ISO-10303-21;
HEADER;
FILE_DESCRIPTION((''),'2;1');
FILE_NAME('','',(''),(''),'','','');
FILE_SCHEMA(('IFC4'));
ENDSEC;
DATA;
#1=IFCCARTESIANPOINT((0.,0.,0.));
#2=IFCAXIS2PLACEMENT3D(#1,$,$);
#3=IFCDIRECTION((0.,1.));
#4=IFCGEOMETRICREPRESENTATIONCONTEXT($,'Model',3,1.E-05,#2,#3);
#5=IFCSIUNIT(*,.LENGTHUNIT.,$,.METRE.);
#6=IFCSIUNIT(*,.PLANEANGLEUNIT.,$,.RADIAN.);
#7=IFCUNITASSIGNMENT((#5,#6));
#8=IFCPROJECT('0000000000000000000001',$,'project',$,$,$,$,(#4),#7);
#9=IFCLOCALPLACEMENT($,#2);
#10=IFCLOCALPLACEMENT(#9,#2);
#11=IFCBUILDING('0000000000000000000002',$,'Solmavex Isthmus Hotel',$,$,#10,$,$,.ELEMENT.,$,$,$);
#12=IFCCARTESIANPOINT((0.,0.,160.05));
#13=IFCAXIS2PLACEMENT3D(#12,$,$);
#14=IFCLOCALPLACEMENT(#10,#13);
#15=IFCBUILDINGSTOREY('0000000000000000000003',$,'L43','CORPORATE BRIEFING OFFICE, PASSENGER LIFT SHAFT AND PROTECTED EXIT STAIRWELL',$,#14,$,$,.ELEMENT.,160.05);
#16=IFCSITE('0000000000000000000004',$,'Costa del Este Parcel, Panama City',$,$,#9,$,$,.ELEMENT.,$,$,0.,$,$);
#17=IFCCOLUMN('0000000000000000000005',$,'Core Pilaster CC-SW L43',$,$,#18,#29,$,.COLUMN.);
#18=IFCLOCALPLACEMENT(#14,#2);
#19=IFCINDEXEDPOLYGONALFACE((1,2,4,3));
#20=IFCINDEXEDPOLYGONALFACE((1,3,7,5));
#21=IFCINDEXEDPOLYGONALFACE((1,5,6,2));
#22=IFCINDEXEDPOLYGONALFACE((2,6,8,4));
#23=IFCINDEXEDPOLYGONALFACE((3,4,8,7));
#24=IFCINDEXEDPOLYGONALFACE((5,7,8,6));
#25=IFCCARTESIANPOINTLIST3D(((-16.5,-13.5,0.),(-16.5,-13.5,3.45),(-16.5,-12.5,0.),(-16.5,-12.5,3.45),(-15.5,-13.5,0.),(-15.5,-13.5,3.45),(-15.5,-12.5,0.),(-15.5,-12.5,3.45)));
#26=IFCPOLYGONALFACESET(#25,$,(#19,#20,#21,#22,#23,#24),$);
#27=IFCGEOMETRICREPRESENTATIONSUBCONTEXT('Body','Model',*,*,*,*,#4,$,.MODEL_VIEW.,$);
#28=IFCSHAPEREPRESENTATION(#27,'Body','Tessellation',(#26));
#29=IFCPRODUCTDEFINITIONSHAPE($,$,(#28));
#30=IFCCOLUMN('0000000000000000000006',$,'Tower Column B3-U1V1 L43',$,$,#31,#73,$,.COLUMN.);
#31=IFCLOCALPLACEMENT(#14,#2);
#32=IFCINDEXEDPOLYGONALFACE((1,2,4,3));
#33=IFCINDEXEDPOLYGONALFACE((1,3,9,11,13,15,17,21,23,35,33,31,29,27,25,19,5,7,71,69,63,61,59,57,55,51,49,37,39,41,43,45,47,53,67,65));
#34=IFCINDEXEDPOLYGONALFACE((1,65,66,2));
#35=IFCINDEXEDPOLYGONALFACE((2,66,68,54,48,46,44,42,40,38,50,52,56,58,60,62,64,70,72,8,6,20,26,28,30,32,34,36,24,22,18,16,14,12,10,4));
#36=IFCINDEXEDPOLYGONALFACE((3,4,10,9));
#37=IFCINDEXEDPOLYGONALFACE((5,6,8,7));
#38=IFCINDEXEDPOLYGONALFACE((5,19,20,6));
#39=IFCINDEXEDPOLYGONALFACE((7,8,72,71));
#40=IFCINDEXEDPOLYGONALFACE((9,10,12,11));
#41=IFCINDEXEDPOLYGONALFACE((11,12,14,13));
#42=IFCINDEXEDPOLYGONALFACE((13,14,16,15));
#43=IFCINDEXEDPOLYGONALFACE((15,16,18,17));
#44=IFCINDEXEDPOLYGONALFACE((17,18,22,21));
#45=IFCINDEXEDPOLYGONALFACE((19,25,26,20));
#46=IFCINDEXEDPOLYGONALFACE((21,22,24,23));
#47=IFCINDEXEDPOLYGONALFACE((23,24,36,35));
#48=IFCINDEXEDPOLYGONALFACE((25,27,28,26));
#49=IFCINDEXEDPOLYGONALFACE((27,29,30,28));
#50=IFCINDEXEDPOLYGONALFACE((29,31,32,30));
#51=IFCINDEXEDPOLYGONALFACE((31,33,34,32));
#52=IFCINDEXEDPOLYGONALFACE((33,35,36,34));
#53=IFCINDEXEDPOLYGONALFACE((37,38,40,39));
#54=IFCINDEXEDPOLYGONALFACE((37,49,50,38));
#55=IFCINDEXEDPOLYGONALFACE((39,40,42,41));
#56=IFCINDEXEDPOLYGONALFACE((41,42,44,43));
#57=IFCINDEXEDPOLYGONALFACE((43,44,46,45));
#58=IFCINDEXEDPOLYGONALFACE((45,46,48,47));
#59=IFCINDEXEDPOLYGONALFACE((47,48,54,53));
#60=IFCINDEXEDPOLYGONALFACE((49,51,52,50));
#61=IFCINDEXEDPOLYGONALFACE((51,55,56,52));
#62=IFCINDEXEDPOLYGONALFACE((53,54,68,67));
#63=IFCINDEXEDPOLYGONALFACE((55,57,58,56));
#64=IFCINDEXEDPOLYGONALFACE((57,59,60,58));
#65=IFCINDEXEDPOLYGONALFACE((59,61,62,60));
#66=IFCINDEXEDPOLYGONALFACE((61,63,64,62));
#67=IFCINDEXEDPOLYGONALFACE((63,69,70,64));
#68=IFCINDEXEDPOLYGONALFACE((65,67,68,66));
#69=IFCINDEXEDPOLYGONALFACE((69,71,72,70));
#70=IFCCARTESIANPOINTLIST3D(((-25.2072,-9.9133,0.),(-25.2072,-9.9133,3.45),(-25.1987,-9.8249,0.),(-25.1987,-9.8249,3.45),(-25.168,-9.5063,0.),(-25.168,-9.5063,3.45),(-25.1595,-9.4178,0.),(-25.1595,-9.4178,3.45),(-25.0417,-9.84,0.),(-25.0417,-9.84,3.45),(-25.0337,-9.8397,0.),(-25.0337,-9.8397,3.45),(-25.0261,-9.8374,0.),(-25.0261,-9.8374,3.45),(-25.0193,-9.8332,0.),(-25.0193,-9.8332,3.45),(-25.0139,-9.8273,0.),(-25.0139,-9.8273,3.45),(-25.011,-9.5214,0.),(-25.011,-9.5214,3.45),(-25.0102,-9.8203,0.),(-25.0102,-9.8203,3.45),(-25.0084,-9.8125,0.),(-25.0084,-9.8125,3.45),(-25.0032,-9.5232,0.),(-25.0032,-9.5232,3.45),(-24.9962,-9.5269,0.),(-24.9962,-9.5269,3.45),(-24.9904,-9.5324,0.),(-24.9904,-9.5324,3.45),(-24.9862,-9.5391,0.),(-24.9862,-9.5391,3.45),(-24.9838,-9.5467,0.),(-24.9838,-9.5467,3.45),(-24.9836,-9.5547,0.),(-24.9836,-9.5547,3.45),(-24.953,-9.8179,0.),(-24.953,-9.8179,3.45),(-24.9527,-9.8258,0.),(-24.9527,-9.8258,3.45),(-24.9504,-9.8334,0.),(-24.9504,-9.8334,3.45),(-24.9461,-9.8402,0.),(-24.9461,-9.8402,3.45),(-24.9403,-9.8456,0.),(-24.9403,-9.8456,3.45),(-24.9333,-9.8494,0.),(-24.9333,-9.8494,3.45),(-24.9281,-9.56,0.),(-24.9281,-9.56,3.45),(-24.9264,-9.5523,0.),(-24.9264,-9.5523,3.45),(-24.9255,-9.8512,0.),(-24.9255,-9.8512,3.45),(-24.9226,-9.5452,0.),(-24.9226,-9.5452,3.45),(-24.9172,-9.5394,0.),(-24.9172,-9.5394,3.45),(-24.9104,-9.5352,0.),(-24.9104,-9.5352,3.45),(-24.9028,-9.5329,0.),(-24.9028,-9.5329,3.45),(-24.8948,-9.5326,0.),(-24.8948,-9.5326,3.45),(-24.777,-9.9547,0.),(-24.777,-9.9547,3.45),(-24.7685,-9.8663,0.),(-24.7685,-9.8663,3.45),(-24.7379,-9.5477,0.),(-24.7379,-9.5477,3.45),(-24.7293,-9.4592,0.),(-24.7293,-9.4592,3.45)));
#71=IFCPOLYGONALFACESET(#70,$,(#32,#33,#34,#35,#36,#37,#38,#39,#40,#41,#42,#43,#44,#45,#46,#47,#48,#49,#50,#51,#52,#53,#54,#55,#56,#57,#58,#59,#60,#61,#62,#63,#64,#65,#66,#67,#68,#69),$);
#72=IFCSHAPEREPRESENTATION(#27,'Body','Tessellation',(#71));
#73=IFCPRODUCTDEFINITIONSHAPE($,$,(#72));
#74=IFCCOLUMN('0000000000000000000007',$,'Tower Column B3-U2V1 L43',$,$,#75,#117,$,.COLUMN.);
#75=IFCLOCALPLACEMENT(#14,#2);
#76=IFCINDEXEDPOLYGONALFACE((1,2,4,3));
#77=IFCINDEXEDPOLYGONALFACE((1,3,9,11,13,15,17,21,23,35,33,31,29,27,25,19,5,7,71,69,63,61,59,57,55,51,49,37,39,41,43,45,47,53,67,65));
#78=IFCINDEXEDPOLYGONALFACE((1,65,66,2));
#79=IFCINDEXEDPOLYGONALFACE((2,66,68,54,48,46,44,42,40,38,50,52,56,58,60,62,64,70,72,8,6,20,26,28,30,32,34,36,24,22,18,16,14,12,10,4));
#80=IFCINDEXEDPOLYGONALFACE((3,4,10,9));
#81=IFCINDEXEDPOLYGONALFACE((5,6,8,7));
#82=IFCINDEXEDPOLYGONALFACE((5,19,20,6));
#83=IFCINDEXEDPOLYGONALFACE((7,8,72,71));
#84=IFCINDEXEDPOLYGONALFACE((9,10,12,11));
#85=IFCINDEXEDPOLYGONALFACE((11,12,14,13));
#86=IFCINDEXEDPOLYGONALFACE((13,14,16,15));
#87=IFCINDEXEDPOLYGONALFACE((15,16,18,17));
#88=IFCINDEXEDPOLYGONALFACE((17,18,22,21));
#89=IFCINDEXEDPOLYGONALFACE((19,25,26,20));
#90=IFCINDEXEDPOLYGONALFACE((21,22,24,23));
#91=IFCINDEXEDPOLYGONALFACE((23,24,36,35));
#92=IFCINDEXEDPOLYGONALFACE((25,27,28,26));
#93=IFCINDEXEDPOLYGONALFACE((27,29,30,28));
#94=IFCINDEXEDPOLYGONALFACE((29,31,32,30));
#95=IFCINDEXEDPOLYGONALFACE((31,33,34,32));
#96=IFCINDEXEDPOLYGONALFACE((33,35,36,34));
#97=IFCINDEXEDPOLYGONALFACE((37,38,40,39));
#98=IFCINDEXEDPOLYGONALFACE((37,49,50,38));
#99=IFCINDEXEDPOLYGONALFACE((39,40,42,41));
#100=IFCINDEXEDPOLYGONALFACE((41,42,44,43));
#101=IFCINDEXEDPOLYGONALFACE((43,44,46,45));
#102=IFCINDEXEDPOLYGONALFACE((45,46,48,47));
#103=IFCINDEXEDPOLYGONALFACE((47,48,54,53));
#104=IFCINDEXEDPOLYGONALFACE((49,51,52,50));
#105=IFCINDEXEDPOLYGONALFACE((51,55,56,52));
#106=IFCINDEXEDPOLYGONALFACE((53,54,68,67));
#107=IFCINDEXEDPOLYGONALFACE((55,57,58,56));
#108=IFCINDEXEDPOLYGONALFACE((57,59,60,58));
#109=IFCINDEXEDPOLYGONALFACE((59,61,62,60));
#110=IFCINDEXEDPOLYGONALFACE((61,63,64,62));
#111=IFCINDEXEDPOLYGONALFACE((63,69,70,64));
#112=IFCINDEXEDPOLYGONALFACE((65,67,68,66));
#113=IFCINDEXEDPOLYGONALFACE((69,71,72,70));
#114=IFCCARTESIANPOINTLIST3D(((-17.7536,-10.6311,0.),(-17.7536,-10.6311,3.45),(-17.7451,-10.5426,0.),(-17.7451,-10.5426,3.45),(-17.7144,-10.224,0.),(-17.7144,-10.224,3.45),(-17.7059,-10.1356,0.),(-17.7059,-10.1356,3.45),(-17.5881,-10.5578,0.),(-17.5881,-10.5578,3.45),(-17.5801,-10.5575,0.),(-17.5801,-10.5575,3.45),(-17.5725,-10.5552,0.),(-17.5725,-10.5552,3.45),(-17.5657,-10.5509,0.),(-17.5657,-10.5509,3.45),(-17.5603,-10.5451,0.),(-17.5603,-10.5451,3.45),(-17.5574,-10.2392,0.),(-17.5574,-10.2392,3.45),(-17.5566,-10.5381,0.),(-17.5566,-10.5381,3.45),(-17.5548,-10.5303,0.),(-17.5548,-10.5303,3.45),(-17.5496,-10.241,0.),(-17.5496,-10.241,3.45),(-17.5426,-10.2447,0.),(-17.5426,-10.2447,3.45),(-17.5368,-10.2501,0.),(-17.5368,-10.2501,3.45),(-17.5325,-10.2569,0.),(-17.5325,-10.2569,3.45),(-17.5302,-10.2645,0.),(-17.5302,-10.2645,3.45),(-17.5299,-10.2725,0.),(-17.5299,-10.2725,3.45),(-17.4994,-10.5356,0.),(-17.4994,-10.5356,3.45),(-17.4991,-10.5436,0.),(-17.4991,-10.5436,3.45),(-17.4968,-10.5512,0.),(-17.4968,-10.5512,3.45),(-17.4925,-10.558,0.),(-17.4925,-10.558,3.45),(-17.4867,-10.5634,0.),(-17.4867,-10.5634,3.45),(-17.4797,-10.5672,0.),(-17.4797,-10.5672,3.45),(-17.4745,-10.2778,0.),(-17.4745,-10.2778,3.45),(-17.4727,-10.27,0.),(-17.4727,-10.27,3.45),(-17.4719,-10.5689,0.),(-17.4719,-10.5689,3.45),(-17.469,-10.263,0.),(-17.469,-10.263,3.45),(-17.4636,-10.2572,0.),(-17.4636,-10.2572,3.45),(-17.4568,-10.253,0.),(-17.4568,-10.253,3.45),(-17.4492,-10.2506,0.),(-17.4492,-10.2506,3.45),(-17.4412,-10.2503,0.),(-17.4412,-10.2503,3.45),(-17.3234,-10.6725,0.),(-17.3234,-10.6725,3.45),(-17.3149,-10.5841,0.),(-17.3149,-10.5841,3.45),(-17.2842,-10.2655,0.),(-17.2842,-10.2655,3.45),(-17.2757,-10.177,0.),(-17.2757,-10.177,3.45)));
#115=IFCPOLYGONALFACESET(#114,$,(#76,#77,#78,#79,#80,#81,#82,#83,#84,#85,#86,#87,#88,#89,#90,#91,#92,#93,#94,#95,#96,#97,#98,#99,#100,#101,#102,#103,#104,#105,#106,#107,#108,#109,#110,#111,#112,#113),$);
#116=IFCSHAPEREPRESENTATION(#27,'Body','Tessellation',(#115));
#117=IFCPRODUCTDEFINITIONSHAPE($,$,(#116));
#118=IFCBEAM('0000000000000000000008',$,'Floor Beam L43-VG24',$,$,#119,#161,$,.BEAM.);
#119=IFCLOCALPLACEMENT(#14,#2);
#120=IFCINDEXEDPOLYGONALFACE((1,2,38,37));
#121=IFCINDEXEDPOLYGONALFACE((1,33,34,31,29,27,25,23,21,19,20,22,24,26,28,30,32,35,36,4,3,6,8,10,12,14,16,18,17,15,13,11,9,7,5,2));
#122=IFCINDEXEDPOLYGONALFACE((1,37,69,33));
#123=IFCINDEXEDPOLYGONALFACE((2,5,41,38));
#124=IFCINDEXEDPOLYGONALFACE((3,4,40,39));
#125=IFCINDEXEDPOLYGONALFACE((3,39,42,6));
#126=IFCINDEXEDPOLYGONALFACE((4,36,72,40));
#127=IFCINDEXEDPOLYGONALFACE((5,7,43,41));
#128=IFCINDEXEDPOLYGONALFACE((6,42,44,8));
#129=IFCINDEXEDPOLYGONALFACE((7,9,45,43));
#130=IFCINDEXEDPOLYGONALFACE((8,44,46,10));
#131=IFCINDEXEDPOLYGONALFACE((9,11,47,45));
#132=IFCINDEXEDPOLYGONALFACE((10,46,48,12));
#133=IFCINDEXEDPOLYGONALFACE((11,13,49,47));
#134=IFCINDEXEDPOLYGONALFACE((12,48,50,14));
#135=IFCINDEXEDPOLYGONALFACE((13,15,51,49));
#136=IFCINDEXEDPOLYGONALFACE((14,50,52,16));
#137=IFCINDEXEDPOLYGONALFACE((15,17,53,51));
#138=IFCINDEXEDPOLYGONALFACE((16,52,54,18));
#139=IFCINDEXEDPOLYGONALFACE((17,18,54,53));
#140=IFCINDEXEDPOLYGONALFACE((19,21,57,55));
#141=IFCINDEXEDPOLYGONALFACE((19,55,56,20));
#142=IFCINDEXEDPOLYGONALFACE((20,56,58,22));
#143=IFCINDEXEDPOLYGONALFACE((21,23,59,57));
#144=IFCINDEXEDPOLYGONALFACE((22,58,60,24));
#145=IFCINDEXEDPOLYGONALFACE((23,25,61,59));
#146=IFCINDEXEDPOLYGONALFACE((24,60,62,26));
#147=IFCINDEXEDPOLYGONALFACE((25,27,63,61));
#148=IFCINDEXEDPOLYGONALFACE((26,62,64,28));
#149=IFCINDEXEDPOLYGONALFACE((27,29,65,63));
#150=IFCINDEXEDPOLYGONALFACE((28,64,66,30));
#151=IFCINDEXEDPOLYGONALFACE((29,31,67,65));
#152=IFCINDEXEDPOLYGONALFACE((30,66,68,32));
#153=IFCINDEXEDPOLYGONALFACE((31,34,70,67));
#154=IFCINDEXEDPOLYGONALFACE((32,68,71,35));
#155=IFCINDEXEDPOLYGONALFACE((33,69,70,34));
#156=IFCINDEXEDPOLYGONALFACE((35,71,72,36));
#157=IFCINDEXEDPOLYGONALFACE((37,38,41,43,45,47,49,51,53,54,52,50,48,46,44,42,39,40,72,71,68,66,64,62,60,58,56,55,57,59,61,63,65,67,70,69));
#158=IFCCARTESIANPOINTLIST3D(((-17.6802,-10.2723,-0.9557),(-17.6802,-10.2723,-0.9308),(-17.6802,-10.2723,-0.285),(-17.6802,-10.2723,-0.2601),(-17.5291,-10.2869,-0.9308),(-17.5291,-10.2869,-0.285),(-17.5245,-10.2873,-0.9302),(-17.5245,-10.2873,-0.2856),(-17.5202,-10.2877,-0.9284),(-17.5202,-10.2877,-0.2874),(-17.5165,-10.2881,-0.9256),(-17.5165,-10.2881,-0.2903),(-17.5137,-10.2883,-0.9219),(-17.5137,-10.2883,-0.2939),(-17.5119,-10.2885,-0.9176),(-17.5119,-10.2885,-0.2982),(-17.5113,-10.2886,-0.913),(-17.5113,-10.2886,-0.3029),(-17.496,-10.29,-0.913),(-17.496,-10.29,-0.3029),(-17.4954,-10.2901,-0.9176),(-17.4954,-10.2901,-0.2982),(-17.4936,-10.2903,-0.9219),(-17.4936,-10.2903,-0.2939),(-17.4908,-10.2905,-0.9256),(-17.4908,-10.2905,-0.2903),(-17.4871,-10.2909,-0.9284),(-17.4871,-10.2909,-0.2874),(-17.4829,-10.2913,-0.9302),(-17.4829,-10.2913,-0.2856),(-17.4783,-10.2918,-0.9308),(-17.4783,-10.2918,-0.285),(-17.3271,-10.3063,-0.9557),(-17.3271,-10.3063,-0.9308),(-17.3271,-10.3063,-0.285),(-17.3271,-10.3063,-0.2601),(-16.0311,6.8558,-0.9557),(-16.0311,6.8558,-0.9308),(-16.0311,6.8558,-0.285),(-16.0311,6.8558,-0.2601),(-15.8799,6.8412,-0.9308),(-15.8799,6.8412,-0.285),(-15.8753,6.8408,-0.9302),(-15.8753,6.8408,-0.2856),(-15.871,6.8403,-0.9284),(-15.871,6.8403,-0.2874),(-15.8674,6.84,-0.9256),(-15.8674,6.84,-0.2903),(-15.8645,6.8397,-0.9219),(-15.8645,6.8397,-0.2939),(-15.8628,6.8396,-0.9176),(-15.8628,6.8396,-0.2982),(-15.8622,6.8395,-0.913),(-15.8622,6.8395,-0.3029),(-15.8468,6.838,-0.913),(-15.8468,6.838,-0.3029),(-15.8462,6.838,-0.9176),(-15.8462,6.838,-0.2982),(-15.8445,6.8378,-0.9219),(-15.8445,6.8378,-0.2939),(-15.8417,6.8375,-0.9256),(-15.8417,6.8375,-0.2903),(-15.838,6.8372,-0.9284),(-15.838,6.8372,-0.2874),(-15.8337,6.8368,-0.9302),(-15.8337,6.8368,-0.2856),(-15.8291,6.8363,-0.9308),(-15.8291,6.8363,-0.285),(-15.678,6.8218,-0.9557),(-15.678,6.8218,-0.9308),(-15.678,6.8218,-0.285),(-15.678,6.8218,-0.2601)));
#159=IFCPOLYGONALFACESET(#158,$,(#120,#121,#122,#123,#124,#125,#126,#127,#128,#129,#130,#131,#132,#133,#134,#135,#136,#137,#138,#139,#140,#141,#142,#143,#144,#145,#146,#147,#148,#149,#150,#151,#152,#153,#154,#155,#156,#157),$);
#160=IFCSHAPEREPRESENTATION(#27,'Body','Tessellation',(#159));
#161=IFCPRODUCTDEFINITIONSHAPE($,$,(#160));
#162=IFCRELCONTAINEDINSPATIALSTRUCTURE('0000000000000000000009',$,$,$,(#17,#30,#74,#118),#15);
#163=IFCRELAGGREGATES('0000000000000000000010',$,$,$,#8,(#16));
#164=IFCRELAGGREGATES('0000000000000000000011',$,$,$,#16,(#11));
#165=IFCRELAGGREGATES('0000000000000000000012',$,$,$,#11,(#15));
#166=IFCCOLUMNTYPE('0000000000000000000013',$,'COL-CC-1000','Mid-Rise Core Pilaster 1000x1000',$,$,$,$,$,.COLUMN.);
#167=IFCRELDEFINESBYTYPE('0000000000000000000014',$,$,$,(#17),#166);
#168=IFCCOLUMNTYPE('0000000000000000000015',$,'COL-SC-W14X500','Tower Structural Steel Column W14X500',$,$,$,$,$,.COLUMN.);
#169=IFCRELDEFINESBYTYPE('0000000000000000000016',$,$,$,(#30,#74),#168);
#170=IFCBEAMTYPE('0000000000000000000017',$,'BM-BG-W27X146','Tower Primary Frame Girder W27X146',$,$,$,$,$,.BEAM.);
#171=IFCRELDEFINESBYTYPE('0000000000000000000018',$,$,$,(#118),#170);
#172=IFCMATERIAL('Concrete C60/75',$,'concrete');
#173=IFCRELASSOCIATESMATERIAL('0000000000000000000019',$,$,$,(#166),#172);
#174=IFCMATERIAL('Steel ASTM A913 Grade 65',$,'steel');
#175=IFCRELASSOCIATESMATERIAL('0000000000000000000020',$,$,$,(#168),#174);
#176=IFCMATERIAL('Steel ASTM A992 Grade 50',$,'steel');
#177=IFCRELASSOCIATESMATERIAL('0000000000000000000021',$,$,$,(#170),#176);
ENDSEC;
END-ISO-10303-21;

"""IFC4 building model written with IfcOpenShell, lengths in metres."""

from ifc_helpers import new_model, si_unit, direction, frame, origin, origin_2d, place, context, subcontext, project, spatial, rectangle, i_section, extrude, material, material_profile, profile_set, type_object, element, save


model = new_model("IFC4")

# Units and contexts
model_context = context("Model", 3, precision=1e-05, world=origin(), true_north=direction((0.0, 1.0)))
body_context = subcontext(model_context, "Body", "Model", "MODEL_VIEW")
ifc_project = project(units=[si_unit("LENGTHUNIT", "METRE"), si_unit("PLANEANGLEUNIT", "RADIAN")], contexts=[model_context])

# Site, building, storey
site_placement = place(None, origin())
site = spatial("IfcSite", under=ifc_project, at=site_placement, Name="Costa del Este Parcel, Panama City", CompositionType="ELEMENT", RefElevation=0.0)
building_placement = place(site_placement, origin())
building = spatial("IfcBuilding", under=site, at=building_placement, Name="Solmavex Isthmus Hotel", CompositionType="ELEMENT")
storey_placement = place(building_placement, frame((0.0, 0.0, 160.05)))
storey = spatial("IfcBuildingStorey", under=building, at=storey_placement, Name="L43", Description="CORPORATE BRIEFING OFFICE, PASSENGER LIFT SHAFT AND PROTECTED EXIT STAIRWELL", CompositionType="ELEMENT", Elevation=160.05)

# Columns
ifc_material_1 = material(Name="Concrete C60/75", Category="concrete")
ifc_material_profile_1 = material_profile(ifc_material_1, rectangle(XDim=1.0, YDim=1.0, at=origin_2d()), Name="RC1000X1000")
ifc_profile_set_1 = profile_set([ifc_material_profile_1], Name="Concrete C60/75")
column_type_1 = type_object("IfcColumnType", Name="COL-CC-1000", Description="Mid-Rise Core Pilaster 1000x1000", PredefinedType="COLUMN", material=ifc_profile_set_1)
column_placement = place(storey_placement, frame((-16.0, -13.0, 0.0), z_axis=(0.0, 0.0, 1.0), x_axis=(1.0, 0.0, 0.0)))
element("IfcColumn", 1, at=column_placement, inside=storey, type_object=column_type_1, Name="Core Pilaster CC-SW L43", PredefinedType="COLUMN", context=body_context, shape_type="SweptSolid", body=[
    extrude(rectangle(XDim=1.0, YDim=1.0, at=origin_2d()), origin(), (0.0, 0.0, 1.0), 3.45),
])
ifc_material_2 = material(Name="Steel ASTM A913 Grade 65", Category="steel")
ifc_material_profile_2 = material_profile(ifc_material_2, i_section(OverallWidth=0.4321, OverallDepth=0.4978, WebThickness=0.0557, FlangeThickness=0.0889, FilletRadius=0.0305, at=origin_2d()), Name="W14X500")
ifc_profile_set_2 = profile_set([ifc_material_profile_2], Name="Steel ASTM A913 Grade 65")
column_type_2 = type_object("IfcColumnType", Name="COL-SC-W14X500", Description="Tower Structural Steel Column W14X500", PredefinedType="COLUMN", material=ifc_profile_set_2)
for number, where, z_axis, x_axis, name in (
    (2, (-24.9683, -9.6863, 0.0), (0.0, 0.0, 1.0), (0.995396, -0.095846, 0.0), "Tower Column B3-U1V1 L43"),
    (3, (-17.5146, -10.4041, 0.0), (0.0, 0.0, 1.0), (0.995396, -0.095846, 0.0), "Tower Column B3-U2V1 L43"),
):
    element("IfcColumn", number, at=place(storey_placement, frame(where, z_axis=z_axis, x_axis=x_axis)), inside=storey, type_object=column_type_2, Name=name, PredefinedType="COLUMN", context=body_context, shape_type="SweptSolid", body=[
        extrude(i_section(OverallWidth=0.4321, OverallDepth=0.4978, WebThickness=0.0557, FlangeThickness=0.0889, FilletRadius=0.0305, at=origin_2d()), origin(), (0.0, 0.0, 1.0), 3.45),
    ])

# Beam
ifc_material_3 = material(Name="Steel ASTM A992 Grade 50", Category="steel")
ifc_material_profile_3 = material_profile(ifc_material_3, i_section(OverallWidth=0.3547, OverallDepth=0.6956, WebThickness=0.0154, FlangeThickness=0.0249, FilletRadius=0.0178, at=origin_2d()), Name="W27X146")
ifc_profile_set_3 = profile_set([ifc_material_profile_3], Name="Steel ASTM A992 Grade 50")
beam_type_1 = type_object("IfcBeamType", Name="BM-BG-W27X146", Description="Tower Primary Frame Girder W27X146", PredefinedType="BEAM", material=ifc_profile_set_3)
beam_1_placement = place(storey_placement, frame((-17.5037, -10.2893, -0.6079), z_axis=(0.095841, 0.995397, 0.0), x_axis=(-0.995397, 0.095841, 0.0)))
element("IfcBeam", 4, at=beam_1_placement, inside=storey, type_object=beam_type_1, Name="Floor Beam L43-VG24", PredefinedType="BEAM", context=body_context, shape_type="SweptSolid", body=[
    extrude(i_section(OverallWidth=0.3547, OverallDepth=0.6956, WebThickness=0.0154, FlangeThickness=0.0249, FilletRadius=0.0178, at=origin_2d()), origin(), (0.0, 0.0, 1.0), 17.2073),
])

save(model, "model.ifc")
